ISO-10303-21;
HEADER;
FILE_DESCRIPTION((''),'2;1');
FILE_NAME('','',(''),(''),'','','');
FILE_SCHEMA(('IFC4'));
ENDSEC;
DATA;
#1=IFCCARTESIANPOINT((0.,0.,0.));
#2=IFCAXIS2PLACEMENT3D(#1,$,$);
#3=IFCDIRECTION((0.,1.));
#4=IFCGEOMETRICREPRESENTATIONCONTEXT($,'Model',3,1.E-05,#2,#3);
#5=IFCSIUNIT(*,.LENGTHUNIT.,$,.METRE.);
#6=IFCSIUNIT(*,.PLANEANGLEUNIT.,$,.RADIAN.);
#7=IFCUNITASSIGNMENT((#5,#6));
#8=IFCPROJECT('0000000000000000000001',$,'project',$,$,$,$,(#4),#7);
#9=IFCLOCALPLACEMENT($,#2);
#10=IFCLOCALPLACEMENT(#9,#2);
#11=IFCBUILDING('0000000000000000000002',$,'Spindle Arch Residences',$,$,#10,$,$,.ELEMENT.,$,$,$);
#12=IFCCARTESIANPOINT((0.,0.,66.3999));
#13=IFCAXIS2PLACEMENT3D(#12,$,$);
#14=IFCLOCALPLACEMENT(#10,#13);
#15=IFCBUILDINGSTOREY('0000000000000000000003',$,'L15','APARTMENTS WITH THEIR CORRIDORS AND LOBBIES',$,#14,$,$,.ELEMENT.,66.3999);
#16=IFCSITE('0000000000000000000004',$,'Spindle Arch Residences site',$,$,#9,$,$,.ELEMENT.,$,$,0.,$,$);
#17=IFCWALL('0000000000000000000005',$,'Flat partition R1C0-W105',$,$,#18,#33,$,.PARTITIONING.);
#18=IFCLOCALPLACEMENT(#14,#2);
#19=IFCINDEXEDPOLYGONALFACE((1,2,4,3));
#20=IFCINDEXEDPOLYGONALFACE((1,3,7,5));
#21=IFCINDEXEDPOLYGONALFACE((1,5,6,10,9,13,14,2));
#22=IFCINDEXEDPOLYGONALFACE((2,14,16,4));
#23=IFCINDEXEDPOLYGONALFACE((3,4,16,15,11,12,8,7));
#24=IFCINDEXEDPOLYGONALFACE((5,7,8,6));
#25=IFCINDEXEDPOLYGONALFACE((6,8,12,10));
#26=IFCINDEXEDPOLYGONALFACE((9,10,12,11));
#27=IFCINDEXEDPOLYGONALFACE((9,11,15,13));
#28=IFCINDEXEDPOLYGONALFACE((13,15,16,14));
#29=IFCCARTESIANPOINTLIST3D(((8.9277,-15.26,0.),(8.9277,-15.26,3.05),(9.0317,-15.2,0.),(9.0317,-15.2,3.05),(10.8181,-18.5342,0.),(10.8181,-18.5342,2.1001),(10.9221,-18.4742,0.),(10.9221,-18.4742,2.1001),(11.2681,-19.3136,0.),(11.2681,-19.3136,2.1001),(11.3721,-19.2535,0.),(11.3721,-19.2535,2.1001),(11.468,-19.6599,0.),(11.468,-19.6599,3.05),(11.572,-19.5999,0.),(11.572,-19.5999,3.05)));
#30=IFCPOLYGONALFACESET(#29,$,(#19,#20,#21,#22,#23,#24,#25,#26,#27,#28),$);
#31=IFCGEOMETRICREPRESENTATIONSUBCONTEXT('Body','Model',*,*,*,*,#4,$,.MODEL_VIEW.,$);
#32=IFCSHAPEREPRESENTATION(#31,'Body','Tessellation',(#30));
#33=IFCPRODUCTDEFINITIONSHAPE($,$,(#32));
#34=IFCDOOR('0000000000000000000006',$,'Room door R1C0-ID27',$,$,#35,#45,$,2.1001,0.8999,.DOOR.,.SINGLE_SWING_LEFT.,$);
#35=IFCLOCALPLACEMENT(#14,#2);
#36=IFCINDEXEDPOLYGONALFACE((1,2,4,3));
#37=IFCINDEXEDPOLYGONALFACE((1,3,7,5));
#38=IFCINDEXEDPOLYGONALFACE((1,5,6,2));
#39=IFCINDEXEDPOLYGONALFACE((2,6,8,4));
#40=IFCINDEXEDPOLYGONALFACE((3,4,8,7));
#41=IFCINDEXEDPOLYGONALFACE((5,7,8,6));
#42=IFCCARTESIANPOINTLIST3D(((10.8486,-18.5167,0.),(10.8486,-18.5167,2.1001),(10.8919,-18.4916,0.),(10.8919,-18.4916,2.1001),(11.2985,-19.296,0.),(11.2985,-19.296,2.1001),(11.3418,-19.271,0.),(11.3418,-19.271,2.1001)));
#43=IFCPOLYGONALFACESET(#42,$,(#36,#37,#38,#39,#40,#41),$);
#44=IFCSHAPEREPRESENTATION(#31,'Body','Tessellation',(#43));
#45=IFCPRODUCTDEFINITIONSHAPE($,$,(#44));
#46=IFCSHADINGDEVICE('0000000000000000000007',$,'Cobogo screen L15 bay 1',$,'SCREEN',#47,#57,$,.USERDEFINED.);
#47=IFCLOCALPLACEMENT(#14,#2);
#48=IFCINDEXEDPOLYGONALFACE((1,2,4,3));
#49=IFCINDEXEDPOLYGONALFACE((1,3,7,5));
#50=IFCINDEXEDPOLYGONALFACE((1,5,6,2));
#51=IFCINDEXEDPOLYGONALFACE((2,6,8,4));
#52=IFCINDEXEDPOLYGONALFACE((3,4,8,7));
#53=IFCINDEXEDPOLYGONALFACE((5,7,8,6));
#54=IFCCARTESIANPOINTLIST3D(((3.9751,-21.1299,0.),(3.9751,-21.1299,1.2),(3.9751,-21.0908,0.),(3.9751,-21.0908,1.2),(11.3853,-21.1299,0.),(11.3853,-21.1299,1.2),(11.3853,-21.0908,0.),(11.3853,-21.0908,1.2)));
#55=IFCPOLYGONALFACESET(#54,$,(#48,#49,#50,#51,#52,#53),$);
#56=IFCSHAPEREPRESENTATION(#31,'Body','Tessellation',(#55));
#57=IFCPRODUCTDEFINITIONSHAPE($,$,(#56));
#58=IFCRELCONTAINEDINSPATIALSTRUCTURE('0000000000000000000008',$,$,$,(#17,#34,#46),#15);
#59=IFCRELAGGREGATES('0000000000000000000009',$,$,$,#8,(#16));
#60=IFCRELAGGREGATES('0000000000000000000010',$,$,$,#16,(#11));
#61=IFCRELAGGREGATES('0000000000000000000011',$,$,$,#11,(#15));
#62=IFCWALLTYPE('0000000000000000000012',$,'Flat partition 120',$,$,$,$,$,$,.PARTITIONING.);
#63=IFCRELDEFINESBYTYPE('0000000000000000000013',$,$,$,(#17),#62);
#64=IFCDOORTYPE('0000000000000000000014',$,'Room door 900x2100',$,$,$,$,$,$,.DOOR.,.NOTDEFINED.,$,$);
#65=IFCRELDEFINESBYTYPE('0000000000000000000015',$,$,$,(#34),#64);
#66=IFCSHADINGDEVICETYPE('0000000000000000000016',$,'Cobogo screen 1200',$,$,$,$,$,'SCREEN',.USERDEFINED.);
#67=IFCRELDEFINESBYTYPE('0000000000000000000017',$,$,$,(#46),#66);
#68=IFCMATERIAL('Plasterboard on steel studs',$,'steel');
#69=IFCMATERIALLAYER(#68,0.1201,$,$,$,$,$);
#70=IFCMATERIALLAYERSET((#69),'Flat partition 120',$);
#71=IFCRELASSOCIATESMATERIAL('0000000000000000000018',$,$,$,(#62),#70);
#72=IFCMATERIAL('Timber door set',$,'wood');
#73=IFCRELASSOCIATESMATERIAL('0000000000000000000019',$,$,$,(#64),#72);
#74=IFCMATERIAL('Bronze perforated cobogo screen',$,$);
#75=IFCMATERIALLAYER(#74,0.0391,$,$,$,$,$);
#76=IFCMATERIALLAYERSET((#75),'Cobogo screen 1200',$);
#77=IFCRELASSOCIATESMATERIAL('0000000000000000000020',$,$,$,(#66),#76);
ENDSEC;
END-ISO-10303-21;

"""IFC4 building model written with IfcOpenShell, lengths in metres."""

from ifc_helpers import new_model, si_unit, direction, frame, frame_2d, origin, origin_2d, place, context, subcontext, project, spatial, rectangle, extrude, material, layer, layer_set, type_object, element, fill, save


model = new_model("IFC4")

# Units and contexts
model_context = context("Model", 3, precision=1e-05, world=origin(), true_north=direction((0.0, 1.0)))
body_context = subcontext(model_context, "Body", "Model", "MODEL_VIEW")
ifc_project = project(units=[si_unit("LENGTHUNIT", "METRE"), si_unit("PLANEANGLEUNIT", "RADIAN")], contexts=[model_context])

# Site, building, storey
site_placement = place(None, origin())
site = spatial("IfcSite", under=ifc_project, at=site_placement, Name="Spindle Arch Residences site", CompositionType="ELEMENT", RefElevation=0.0)
building_placement = place(site_placement, origin())
building = spatial("IfcBuilding", under=site, at=building_placement, Name="Spindle Arch Residences", CompositionType="ELEMENT")
storey_placement = place(building_placement, frame((0.0, 0.0, 66.3999)))
storey = spatial("IfcBuildingStorey", under=building, at=storey_placement, Name="L15", Description="APARTMENTS WITH THEIR CORRIDORS AND LOBBIES", CompositionType="ELEMENT", Elevation=66.3999)

# Shared definitions
ifc_material_1 = material(Name="Plasterboard on steel studs", Category="steel")
ifc_layer_1 = layer(ifc_material_1, 0.1201)
ifc_layer_set_1 = layer_set([ifc_layer_1], Name="Flat partition 120")
wall_type_1 = type_object("IfcWallType", Name="Flat partition 120", PredefinedType="PARTITIONING", material=ifc_layer_set_1)

# Shared definitions
ifc_material_2 = material(Name="Timber door set", Category="wood")
door_type_1 = type_object("IfcDoorType", Name="Room door 900x2100", OperationType="NOTDEFINED", PredefinedType="DOOR", material=ifc_material_2)

# Wall, opening, door
wall_1_placement = place(storey_placement, frame((11.52, -19.6299, 0.0), z_axis=(0.0, 0.0, 1.0), x_axis=(-0.5, 0.866026, 0.0)))
wall_1 = element("IfcWall", 1, at=wall_1_placement, inside=storey, type_object=wall_type_1, Name="Flat partition R1C0-W105", PredefinedType="PARTITIONING", context=body_context, shape_type="SweptSolid", body=[
    extrude(rectangle(XDim=5.0806, YDim=0.1201, at=frame_2d((2.5403, 0.0))), origin(), (0.0, 0.0, 1.0), 3.05),
])
opening_1_placement = place(wall_1_placement, frame((0.3999, 0.0, 0.0)))
opening_1 = element("IfcOpeningElement", 2, at=opening_1_placement, cuts=wall_1, PredefinedType="OPENING", context=body_context, shape_type="SweptSolid", body=[
    extrude(rectangle(XDim=0.8999, YDim=2.1001, at=frame_2d((0.45, 1.05))), frame((0.0, 0.0701, 0.0), z_axis=(0.0, -1.0, 0.0), x_axis=(1.0, 0.0, 0.0)), (0.0, 0.0, 1.0), 0.1401),
])
door_1_placement = place(opening_1_placement, origin())
door_1 = element("IfcDoor", 3, at=door_1_placement, inside=storey, type_object=door_type_1, Name="Room door R1C0-ID27", OperationType="SINGLE_SWING_LEFT", OverallHeight=2.1001, OverallWidth=0.8999, PredefinedType="DOOR", context=body_context, shape_type="SweptSolid", body=[
    extrude(rectangle(XDim=0.8999, YDim=2.1001, at=frame_2d((0.45, 1.05))), frame((0.0, 0.0249, 0.0), z_axis=(0.0, -1.0, 0.0), x_axis=(1.0, 0.0, 0.0)), (0.0, 0.0, 1.0), 0.05),
])
fill(opening_1, door_1)

# Shading device
ifc_material_3 = material(Name="Bronze perforated cobogo screen")
ifc_layer_2 = layer(ifc_material_3, 0.0391)
ifc_layer_set_2 = layer_set([ifc_layer_2], Name="Cobogo screen 1200")
shading_device_type = type_object("IfcShadingDeviceType", Name="Cobogo screen 1200", ElementType="SCREEN", PredefinedType="USERDEFINED", material=ifc_layer_set_2)
shading_device_placement = place(storey_placement, frame((7.6802, -21.1104, 0.0), z_axis=(0.0, 0.0, 1.0), x_axis=(1.0, 0.0, 0.0)))
element("IfcShadingDevice", 4, at=shading_device_placement, inside=storey, type_object=shading_device_type, Name="Cobogo screen L15 bay 1", ObjectType="SCREEN", PredefinedType="USERDEFINED", context=body_context, shape_type="SweptSolid", body=[
    extrude(rectangle(XDim=7.4102, YDim=0.0391, at=origin_2d()), origin(), (0.0, 0.0, 1.0), 1.2),
])

save(model, "model.ifc")
